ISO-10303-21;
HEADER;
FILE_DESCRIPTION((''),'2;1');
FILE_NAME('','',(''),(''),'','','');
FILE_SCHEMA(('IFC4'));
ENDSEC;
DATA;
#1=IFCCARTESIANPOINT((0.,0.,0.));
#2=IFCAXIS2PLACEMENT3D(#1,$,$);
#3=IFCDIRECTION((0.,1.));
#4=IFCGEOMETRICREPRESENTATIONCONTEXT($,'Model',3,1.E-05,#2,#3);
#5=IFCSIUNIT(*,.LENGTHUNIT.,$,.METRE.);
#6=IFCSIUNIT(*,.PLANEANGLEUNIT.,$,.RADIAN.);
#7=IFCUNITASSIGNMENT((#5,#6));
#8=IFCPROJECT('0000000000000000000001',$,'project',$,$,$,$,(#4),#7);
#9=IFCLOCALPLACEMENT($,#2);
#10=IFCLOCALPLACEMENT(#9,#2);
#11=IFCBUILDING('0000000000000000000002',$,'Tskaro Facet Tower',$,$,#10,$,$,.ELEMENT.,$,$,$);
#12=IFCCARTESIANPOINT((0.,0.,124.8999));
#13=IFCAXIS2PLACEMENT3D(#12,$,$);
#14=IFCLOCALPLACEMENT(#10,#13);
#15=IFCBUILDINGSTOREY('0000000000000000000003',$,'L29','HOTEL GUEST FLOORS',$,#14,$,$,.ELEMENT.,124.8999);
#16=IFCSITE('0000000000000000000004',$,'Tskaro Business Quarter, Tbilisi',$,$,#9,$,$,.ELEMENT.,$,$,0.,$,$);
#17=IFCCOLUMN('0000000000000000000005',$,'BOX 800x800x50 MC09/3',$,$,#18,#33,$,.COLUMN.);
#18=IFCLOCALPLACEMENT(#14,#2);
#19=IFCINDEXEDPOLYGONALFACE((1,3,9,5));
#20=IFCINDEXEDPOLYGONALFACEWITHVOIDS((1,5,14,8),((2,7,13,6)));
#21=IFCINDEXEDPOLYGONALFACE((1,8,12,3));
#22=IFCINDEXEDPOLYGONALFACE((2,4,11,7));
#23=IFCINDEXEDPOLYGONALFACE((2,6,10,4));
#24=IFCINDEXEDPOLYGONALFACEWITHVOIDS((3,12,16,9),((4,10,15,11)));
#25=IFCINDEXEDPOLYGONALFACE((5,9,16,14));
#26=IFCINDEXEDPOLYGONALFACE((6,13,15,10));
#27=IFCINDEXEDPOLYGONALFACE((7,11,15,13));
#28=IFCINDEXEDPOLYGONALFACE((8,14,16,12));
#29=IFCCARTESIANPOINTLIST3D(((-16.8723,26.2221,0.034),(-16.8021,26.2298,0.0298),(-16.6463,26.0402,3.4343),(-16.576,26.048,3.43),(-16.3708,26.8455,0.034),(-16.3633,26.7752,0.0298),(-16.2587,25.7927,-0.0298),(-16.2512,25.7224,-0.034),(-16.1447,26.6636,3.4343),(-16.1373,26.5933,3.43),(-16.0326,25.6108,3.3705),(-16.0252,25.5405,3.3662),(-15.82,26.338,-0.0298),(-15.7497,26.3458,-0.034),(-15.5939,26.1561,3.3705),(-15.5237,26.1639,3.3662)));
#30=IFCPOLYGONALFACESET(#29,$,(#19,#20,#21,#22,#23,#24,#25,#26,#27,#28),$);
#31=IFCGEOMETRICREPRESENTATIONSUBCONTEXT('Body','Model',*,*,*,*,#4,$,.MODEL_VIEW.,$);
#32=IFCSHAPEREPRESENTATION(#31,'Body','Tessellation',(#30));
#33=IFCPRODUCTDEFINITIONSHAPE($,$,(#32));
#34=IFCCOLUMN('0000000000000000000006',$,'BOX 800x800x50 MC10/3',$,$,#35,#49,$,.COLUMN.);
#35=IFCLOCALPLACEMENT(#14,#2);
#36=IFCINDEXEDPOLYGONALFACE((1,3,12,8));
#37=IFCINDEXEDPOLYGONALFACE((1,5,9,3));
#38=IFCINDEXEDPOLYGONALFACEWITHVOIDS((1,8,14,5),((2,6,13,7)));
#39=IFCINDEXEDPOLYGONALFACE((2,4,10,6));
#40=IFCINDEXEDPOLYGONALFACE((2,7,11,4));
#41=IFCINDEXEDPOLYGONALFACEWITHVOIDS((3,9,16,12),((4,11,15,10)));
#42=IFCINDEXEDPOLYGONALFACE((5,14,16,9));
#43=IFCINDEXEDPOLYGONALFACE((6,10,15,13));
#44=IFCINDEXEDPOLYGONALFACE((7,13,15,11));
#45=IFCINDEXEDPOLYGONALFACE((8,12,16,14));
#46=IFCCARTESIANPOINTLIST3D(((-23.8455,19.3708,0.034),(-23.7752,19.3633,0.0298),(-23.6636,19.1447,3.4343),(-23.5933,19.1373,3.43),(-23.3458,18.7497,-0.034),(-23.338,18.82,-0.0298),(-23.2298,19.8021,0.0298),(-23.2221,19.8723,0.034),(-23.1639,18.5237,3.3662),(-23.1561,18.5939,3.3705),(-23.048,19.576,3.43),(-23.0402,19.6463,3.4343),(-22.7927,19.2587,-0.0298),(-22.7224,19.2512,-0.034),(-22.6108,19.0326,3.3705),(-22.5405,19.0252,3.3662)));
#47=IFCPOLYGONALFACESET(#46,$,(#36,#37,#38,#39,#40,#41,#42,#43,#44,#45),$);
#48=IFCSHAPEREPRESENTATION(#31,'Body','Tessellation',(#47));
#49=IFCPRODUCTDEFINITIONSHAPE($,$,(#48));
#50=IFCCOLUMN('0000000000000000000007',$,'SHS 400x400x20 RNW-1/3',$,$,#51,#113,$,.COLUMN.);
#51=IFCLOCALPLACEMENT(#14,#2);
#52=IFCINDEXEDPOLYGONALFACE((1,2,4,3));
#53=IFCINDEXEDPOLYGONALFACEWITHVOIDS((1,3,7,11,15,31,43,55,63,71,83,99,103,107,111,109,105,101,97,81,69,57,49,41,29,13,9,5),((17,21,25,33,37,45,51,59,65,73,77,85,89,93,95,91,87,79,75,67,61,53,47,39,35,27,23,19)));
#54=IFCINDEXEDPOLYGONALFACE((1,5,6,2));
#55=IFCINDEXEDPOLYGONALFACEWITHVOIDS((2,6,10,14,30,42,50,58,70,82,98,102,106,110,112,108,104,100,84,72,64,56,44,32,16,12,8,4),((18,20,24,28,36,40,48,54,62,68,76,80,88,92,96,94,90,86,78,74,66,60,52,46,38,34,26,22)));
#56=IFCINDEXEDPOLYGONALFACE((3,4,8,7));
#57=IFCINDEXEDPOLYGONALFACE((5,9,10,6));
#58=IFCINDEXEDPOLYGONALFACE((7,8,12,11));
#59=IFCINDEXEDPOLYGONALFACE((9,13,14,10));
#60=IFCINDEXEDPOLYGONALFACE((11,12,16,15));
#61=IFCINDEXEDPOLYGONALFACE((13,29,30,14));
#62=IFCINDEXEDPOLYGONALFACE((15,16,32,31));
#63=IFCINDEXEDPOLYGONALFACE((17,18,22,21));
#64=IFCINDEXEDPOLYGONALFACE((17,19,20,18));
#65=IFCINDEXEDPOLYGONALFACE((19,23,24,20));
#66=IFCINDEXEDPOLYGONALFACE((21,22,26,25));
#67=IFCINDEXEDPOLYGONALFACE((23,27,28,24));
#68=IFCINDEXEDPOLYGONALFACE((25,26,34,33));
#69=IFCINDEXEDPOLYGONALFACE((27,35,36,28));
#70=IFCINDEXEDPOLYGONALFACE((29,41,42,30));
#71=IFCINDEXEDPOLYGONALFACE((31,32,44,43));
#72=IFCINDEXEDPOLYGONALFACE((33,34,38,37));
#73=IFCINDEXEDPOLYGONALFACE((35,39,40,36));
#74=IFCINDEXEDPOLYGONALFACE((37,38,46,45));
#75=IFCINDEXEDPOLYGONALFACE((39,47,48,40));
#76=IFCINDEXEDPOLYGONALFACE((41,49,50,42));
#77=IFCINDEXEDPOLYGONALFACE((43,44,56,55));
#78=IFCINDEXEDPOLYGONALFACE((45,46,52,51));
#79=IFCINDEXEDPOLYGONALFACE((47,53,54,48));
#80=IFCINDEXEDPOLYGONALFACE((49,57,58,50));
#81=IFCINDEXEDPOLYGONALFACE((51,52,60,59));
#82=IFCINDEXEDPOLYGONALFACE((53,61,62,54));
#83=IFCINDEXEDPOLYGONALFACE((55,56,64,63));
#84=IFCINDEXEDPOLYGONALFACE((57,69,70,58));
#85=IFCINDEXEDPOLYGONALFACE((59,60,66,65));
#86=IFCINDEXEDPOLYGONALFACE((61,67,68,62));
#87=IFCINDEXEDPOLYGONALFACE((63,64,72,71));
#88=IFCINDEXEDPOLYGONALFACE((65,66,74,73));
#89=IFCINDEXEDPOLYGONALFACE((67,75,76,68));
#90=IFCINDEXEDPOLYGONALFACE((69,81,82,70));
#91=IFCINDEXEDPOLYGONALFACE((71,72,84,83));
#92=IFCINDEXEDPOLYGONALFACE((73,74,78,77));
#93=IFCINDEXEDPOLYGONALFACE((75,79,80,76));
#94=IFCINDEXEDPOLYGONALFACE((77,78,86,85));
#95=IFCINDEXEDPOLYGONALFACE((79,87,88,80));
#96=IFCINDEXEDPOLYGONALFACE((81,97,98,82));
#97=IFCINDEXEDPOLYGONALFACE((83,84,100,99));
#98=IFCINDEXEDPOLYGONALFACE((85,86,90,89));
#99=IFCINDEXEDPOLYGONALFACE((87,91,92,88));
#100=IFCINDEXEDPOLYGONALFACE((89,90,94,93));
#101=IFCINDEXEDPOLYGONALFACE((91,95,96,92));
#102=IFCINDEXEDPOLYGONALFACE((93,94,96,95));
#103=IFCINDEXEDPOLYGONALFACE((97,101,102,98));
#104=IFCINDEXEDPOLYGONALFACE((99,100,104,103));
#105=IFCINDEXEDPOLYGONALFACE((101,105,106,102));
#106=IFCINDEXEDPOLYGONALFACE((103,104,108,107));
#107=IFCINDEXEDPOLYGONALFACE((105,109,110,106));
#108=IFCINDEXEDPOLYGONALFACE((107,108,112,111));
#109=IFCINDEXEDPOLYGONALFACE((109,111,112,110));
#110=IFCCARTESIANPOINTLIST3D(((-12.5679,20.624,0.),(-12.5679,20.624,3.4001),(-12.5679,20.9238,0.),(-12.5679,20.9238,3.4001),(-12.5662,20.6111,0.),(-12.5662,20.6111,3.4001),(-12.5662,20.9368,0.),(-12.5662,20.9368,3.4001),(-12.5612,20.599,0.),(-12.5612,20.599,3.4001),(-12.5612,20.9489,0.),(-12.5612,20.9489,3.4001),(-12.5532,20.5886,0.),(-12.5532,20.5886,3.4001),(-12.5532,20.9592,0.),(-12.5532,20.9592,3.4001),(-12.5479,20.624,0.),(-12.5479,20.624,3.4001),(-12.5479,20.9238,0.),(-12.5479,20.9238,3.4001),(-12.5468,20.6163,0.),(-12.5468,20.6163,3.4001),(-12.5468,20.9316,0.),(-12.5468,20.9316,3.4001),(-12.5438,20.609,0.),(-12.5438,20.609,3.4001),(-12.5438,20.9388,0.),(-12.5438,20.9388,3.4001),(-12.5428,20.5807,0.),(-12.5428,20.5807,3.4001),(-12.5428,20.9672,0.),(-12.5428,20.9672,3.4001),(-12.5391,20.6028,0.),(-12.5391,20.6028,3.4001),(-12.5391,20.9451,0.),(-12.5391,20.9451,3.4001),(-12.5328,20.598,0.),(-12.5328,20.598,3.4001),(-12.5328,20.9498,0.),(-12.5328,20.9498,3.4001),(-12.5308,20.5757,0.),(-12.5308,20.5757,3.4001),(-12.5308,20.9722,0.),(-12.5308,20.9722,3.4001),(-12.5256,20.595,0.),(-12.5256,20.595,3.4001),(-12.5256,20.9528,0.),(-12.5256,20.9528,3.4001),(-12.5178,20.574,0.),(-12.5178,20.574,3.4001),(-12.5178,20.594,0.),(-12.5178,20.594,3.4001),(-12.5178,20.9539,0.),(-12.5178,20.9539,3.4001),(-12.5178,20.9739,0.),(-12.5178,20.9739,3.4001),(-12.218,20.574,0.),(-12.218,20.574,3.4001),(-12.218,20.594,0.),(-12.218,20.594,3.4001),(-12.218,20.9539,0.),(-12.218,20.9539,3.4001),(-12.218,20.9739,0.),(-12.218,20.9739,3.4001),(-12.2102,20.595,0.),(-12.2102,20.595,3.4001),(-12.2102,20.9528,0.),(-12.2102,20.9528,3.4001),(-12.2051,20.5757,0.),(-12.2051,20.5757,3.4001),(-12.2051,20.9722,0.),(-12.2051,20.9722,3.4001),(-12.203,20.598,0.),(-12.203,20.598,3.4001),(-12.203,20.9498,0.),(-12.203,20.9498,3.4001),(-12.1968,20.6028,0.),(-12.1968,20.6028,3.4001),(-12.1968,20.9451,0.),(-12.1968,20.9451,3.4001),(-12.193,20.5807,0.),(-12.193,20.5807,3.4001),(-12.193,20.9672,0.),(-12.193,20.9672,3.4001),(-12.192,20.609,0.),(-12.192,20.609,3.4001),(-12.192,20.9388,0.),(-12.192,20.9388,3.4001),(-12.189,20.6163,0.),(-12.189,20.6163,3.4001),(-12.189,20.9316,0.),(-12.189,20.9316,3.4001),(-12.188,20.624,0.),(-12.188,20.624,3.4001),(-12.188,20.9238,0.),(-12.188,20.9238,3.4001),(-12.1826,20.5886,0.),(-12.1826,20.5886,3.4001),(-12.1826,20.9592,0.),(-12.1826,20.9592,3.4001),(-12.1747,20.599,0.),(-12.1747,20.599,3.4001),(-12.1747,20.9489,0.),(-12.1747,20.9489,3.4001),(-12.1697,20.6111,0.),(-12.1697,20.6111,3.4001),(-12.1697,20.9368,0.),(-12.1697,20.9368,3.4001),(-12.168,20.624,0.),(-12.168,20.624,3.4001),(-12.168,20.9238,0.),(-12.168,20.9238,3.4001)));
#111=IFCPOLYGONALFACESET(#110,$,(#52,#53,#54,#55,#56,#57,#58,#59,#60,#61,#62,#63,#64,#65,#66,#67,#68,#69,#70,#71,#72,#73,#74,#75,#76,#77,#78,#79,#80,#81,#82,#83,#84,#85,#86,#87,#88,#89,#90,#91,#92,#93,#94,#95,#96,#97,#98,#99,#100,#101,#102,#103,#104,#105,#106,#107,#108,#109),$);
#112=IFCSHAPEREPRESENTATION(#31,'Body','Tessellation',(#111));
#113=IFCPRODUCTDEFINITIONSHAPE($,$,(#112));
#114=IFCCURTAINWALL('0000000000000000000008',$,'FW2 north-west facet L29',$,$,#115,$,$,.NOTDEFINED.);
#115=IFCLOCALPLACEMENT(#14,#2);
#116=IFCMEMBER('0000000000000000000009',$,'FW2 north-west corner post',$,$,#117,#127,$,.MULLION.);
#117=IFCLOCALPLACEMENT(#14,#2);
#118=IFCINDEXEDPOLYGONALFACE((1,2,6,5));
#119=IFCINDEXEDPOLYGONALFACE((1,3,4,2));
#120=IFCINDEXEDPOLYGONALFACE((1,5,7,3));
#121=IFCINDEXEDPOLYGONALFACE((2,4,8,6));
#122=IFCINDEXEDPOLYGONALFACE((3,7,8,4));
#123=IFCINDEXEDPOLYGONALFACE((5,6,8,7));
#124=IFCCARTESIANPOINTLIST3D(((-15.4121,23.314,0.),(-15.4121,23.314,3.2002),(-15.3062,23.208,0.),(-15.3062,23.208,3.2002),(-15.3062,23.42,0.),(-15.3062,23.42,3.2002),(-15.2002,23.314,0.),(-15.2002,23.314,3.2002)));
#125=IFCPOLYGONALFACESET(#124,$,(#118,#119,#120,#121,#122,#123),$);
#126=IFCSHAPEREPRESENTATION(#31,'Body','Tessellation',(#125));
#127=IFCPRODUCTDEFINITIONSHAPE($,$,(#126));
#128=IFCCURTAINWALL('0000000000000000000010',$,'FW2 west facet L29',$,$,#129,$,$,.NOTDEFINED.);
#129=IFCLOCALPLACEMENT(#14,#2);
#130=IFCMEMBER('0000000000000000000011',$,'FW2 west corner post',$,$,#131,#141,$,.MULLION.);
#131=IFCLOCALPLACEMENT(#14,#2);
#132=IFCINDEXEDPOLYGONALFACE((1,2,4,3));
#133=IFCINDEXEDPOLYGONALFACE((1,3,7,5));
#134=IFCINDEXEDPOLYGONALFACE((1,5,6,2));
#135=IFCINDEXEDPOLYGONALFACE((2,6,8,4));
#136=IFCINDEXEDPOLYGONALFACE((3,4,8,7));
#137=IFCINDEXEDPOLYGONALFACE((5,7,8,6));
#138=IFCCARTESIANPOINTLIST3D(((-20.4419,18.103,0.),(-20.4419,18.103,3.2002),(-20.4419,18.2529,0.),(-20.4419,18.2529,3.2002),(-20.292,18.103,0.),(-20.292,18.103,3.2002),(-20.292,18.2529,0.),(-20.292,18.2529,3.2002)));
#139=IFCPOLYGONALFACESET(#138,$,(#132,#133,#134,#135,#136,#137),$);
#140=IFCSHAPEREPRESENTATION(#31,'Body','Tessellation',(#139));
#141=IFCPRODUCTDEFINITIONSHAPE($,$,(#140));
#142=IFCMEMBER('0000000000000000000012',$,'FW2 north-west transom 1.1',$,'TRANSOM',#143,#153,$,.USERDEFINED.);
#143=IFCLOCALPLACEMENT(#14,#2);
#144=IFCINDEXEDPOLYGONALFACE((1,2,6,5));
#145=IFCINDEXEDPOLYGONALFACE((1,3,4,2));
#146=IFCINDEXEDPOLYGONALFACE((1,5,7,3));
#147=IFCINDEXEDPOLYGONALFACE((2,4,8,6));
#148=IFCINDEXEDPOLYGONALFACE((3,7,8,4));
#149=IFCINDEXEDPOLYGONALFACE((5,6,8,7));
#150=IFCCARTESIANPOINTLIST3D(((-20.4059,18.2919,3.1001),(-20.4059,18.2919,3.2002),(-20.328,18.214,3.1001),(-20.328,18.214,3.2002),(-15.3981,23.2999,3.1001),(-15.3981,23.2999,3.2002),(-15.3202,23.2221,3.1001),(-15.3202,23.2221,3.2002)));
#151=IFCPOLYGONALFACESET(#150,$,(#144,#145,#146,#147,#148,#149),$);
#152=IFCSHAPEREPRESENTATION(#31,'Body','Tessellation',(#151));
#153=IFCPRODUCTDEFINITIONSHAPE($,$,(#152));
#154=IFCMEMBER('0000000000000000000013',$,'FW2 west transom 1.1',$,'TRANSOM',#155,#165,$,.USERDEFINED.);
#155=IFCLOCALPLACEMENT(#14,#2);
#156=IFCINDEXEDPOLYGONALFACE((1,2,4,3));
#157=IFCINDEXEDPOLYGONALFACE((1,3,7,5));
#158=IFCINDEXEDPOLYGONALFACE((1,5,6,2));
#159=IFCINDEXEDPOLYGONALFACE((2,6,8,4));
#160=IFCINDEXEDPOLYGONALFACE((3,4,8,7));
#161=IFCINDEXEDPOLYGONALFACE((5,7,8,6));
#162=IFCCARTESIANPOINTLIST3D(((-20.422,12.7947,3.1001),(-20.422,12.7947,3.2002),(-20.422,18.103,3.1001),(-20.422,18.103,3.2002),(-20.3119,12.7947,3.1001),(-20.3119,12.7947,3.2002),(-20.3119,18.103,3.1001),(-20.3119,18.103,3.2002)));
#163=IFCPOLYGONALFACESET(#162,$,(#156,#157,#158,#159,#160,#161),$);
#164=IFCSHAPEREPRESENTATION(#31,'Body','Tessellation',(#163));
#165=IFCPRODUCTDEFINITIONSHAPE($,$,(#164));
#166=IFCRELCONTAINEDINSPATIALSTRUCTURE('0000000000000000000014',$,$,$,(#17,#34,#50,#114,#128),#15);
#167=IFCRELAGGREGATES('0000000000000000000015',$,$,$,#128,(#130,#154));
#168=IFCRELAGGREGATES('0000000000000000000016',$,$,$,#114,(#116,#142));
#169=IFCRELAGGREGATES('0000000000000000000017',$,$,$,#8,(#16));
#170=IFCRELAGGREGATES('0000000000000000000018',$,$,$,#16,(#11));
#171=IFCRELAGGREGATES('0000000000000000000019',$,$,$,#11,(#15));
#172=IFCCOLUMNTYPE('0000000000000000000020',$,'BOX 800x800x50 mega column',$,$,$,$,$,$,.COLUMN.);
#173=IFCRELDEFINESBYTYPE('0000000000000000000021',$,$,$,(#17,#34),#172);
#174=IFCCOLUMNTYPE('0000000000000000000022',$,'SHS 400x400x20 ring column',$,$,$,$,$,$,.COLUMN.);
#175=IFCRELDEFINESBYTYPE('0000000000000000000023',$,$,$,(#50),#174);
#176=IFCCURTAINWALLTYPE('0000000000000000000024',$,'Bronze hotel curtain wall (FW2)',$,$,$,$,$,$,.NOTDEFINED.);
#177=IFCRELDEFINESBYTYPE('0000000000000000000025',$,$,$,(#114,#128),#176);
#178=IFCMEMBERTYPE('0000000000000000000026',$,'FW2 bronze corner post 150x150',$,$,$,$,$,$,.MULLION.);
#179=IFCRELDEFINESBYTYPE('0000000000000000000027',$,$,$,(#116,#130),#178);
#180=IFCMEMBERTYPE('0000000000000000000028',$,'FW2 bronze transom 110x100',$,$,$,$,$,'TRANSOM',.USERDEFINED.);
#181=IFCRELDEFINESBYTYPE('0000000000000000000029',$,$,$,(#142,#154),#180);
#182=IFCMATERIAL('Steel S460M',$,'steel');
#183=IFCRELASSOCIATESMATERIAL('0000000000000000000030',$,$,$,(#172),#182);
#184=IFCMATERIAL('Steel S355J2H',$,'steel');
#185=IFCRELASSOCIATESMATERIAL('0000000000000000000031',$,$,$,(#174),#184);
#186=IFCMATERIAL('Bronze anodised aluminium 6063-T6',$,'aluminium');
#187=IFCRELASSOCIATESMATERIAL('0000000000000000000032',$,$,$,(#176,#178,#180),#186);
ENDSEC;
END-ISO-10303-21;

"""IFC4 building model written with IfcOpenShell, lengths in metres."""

from ifc_helpers import new_model, si_unit, direction, frame, origin, origin_2d, place, context, subcontext, project, spatial, rectangle, hollow_rectangle, extrude, material, material_profile, profile_set, type_object, element, aggregate, save


model = new_model("IFC4")

# Units and contexts
model_context = context("Model", 3, precision=1e-05, world=origin(), true_north=direction((0.0, 1.0)))
body_context = subcontext(model_context, "Body", "Model", "MODEL_VIEW")
ifc_project = project(units=[si_unit("LENGTHUNIT", "METRE"), si_unit("PLANEANGLEUNIT", "RADIAN")], contexts=[model_context])

# Site, building, storey
site_placement = place(None, origin())
site = spatial("IfcSite", under=ifc_project, at=site_placement, Name="Tskaro Business Quarter, Tbilisi", CompositionType="ELEMENT", RefElevation=0.0)
building_placement = place(site_placement, origin())
building = spatial("IfcBuilding", under=site, at=building_placement, Name="Tskaro Facet Tower", CompositionType="ELEMENT")
storey_placement = place(building_placement, frame((0.0, 0.0, 124.8999)))
storey = spatial("IfcBuildingStorey", under=building, at=storey_placement, Name="L29", Description="HOTEL GUEST FLOORS", CompositionType="ELEMENT", Elevation=124.8999)

# Columns
ifc_material_1 = material(Name="Steel S460M", Category="steel")
ifc_material_profile_1 = material_profile(ifc_material_1, hollow_rectangle(XDim=0.8, YDim=0.8, WallThickness=0.05, at=origin_2d()), Name="BOX 800x800x50")
ifc_profile_set_1 = profile_set([ifc_material_profile_1], Name="Steel S460M")
column_type_1 = type_object("IfcColumnType", Name="BOX 800x800x50 mega column", PredefinedType="COLUMN", material=ifc_profile_set_1)
for number, where, z_axis, x_axis, name in (
    (1, (-16.311, 26.2839, 0.0), (0.066249, -0.053299, 0.996379), (0.626847, 0.779142, 0.0), "BOX 800x800x50 MC09/3"),
    (2, (-23.2839, 19.311, 0.0), (0.053299, -0.066249, 0.996379), (0.779142, 0.626847, 0.0), "BOX 800x800x50 MC10/3"),
):
    element("IfcColumn", number, at=place(storey_placement, frame(where, z_axis=z_axis, x_axis=x_axis)), inside=storey, type_object=column_type_1, Name=name, PredefinedType="COLUMN", context=body_context, shape_type="SweptSolid", body=[
        extrude(hollow_rectangle(XDim=0.8, YDim=0.8, WallThickness=0.05, at=origin_2d()), origin(), (0.0, 0.0, 1.0), 3.4126),
    ])
ifc_material_2 = material(Name="Steel S355J2H", Category="steel")
ifc_material_profile_2 = material_profile(ifc_material_2, hollow_rectangle(XDim=0.3999, YDim=0.3999, WallThickness=0.02, InnerFilletRadius=0.03, OuterFilletRadius=0.05, at=origin_2d()), Name="SHS 400x400x20")
ifc_profile_set_2 = profile_set([ifc_material_profile_2], Name="Steel S355J2H")
column_type_2 = type_object("IfcColumnType", Name="SHS 400x400x20 ring column", PredefinedType="COLUMN", material=ifc_profile_set_2)
column_placement = place(storey_placement, frame((-12.3679, 20.7739, 0.0), z_axis=(0.0, 0.0, 1.0), x_axis=(1.0, 0.0, 0.0)))
element("IfcColumn", 3, at=column_placement, inside=storey, type_object=column_type_2, Name="SHS 400x400x20 RNW-1/3", PredefinedType="COLUMN", context=body_context, shape_type="SweptSolid", body=[
    extrude(hollow_rectangle(XDim=0.3999, YDim=0.3999, WallThickness=0.02, InnerFilletRadius=0.03, OuterFilletRadius=0.05, at=origin_2d()), origin(), (0.0, 0.0, 1.0), 3.4001),
])

# Curtain walls, members
ifc_material_3 = material(Name="Bronze anodised aluminium 6063-T6", Category="aluminium")
curtain_wall_type = type_object("IfcCurtainWallType", Name="Bronze hotel curtain wall (FW2)", PredefinedType="NOTDEFINED", material=ifc_material_3)
curtain_wall_1_placement = place(storey_placement, origin())
curtain_wall_1 = element("IfcCurtainWall", 4, at=curtain_wall_1_placement, inside=storey, type_object=curtain_wall_type, Name="FW2 north-west facet L29", PredefinedType="NOTDEFINED")
ifc_material_profile_3 = material_profile(ifc_material_3, rectangle(XDim=0.1499, YDim=0.1499, at=origin_2d()), Name="Corner post 150x150")
ifc_profile_set_3 = profile_set([ifc_material_profile_3], Name="Bronze anodised aluminium 6063-T6")
member_type_1 = type_object("IfcMemberType", Name="FW2 bronze corner post 150x150", PredefinedType="MULLION", material=ifc_profile_set_3)
member_1_placement = place(storey_placement, frame((-15.3062, 23.314, 0.0), z_axis=(0.0, 0.0, 1.0), x_axis=(-0.707107, -0.707107, 0.0)))
member_1 = element("IfcMember", 5, at=member_1_placement, type_object=member_type_1, Name="FW2 north-west corner post", PredefinedType="MULLION", context=body_context, shape_type="SweptSolid", body=[
    extrude(rectangle(XDim=0.1499, YDim=0.1499, at=origin_2d()), origin(), (0.0, 0.0, 1.0), 3.2002),
])
curtain_wall_2_placement = place(storey_placement, origin())
curtain_wall_2 = element("IfcCurtainWall", 6, at=curtain_wall_2_placement, inside=storey, type_object=curtain_wall_type, Name="FW2 west facet L29", PredefinedType="NOTDEFINED")
member_2_placement = place(storey_placement, frame((-20.3669, 18.178, 0.0), z_axis=(0.0, 0.0, 1.0), x_axis=(0.0, -1.0, 0.0)))
member_2 = element("IfcMember", 7, at=member_2_placement, type_object=member_type_1, Name="FW2 west corner post", PredefinedType="MULLION", context=body_context, shape_type="SweptSolid", body=[
    extrude(rectangle(XDim=0.1499, YDim=0.1499, at=origin_2d()), origin(), (0.0, 0.0, 1.0), 3.2002),
])

# Members
ifc_material_profile_4 = material_profile(ifc_material_3, rectangle(XDim=0.1101, YDim=0.1001, at=origin_2d()), Name="Transom 110x100")
ifc_profile_set_4 = profile_set([ifc_material_profile_4], Name="Bronze anodised aluminium 6063-T6")
member_type_2 = type_object("IfcMemberType", Name="FW2 bronze transom 110x100", ElementType="TRANSOM", PredefinedType="USERDEFINED", material=ifc_profile_set_4)
member_3_placement = place(storey_placement, frame((-15.3591, 23.261, 3.1501), z_axis=(-0.70709, -0.707124, 0.0), x_axis=(0.707124, -0.70709, 0.0)))
member_3 = element("IfcMember", 8, at=member_3_placement, type_object=member_type_2, Name="FW2 north-west transom 1.1", ObjectType="TRANSOM", PredefinedType="USERDEFINED", context=body_context, shape_type="SweptSolid", body=[
    extrude(rectangle(XDim=0.1101, YDim=0.1001, at=origin_2d()), origin(), (0.0, 0.0, 1.0), 7.0823),
])
member_4_placement = place(storey_placement, frame((-20.3669, 18.103, 3.1501), z_axis=(0.0, -1.0, 0.0), x_axis=(1.0, 0.0, 0.0)))
member_4 = element("IfcMember", 9, at=member_4_placement, type_object=member_type_2, Name="FW2 west transom 1.1", ObjectType="TRANSOM", PredefinedType="USERDEFINED", context=body_context, shape_type="SweptSolid", body=[
    extrude(rectangle(XDim=0.1101, YDim=0.1001, at=origin_2d()), origin(), (0.0, 0.0, 1.0), 5.3083),
])
aggregate(curtain_wall_2, [member_2, member_4])

aggregate(curtain_wall_1, [member_1, member_3])

save(model, "model.ifc")
